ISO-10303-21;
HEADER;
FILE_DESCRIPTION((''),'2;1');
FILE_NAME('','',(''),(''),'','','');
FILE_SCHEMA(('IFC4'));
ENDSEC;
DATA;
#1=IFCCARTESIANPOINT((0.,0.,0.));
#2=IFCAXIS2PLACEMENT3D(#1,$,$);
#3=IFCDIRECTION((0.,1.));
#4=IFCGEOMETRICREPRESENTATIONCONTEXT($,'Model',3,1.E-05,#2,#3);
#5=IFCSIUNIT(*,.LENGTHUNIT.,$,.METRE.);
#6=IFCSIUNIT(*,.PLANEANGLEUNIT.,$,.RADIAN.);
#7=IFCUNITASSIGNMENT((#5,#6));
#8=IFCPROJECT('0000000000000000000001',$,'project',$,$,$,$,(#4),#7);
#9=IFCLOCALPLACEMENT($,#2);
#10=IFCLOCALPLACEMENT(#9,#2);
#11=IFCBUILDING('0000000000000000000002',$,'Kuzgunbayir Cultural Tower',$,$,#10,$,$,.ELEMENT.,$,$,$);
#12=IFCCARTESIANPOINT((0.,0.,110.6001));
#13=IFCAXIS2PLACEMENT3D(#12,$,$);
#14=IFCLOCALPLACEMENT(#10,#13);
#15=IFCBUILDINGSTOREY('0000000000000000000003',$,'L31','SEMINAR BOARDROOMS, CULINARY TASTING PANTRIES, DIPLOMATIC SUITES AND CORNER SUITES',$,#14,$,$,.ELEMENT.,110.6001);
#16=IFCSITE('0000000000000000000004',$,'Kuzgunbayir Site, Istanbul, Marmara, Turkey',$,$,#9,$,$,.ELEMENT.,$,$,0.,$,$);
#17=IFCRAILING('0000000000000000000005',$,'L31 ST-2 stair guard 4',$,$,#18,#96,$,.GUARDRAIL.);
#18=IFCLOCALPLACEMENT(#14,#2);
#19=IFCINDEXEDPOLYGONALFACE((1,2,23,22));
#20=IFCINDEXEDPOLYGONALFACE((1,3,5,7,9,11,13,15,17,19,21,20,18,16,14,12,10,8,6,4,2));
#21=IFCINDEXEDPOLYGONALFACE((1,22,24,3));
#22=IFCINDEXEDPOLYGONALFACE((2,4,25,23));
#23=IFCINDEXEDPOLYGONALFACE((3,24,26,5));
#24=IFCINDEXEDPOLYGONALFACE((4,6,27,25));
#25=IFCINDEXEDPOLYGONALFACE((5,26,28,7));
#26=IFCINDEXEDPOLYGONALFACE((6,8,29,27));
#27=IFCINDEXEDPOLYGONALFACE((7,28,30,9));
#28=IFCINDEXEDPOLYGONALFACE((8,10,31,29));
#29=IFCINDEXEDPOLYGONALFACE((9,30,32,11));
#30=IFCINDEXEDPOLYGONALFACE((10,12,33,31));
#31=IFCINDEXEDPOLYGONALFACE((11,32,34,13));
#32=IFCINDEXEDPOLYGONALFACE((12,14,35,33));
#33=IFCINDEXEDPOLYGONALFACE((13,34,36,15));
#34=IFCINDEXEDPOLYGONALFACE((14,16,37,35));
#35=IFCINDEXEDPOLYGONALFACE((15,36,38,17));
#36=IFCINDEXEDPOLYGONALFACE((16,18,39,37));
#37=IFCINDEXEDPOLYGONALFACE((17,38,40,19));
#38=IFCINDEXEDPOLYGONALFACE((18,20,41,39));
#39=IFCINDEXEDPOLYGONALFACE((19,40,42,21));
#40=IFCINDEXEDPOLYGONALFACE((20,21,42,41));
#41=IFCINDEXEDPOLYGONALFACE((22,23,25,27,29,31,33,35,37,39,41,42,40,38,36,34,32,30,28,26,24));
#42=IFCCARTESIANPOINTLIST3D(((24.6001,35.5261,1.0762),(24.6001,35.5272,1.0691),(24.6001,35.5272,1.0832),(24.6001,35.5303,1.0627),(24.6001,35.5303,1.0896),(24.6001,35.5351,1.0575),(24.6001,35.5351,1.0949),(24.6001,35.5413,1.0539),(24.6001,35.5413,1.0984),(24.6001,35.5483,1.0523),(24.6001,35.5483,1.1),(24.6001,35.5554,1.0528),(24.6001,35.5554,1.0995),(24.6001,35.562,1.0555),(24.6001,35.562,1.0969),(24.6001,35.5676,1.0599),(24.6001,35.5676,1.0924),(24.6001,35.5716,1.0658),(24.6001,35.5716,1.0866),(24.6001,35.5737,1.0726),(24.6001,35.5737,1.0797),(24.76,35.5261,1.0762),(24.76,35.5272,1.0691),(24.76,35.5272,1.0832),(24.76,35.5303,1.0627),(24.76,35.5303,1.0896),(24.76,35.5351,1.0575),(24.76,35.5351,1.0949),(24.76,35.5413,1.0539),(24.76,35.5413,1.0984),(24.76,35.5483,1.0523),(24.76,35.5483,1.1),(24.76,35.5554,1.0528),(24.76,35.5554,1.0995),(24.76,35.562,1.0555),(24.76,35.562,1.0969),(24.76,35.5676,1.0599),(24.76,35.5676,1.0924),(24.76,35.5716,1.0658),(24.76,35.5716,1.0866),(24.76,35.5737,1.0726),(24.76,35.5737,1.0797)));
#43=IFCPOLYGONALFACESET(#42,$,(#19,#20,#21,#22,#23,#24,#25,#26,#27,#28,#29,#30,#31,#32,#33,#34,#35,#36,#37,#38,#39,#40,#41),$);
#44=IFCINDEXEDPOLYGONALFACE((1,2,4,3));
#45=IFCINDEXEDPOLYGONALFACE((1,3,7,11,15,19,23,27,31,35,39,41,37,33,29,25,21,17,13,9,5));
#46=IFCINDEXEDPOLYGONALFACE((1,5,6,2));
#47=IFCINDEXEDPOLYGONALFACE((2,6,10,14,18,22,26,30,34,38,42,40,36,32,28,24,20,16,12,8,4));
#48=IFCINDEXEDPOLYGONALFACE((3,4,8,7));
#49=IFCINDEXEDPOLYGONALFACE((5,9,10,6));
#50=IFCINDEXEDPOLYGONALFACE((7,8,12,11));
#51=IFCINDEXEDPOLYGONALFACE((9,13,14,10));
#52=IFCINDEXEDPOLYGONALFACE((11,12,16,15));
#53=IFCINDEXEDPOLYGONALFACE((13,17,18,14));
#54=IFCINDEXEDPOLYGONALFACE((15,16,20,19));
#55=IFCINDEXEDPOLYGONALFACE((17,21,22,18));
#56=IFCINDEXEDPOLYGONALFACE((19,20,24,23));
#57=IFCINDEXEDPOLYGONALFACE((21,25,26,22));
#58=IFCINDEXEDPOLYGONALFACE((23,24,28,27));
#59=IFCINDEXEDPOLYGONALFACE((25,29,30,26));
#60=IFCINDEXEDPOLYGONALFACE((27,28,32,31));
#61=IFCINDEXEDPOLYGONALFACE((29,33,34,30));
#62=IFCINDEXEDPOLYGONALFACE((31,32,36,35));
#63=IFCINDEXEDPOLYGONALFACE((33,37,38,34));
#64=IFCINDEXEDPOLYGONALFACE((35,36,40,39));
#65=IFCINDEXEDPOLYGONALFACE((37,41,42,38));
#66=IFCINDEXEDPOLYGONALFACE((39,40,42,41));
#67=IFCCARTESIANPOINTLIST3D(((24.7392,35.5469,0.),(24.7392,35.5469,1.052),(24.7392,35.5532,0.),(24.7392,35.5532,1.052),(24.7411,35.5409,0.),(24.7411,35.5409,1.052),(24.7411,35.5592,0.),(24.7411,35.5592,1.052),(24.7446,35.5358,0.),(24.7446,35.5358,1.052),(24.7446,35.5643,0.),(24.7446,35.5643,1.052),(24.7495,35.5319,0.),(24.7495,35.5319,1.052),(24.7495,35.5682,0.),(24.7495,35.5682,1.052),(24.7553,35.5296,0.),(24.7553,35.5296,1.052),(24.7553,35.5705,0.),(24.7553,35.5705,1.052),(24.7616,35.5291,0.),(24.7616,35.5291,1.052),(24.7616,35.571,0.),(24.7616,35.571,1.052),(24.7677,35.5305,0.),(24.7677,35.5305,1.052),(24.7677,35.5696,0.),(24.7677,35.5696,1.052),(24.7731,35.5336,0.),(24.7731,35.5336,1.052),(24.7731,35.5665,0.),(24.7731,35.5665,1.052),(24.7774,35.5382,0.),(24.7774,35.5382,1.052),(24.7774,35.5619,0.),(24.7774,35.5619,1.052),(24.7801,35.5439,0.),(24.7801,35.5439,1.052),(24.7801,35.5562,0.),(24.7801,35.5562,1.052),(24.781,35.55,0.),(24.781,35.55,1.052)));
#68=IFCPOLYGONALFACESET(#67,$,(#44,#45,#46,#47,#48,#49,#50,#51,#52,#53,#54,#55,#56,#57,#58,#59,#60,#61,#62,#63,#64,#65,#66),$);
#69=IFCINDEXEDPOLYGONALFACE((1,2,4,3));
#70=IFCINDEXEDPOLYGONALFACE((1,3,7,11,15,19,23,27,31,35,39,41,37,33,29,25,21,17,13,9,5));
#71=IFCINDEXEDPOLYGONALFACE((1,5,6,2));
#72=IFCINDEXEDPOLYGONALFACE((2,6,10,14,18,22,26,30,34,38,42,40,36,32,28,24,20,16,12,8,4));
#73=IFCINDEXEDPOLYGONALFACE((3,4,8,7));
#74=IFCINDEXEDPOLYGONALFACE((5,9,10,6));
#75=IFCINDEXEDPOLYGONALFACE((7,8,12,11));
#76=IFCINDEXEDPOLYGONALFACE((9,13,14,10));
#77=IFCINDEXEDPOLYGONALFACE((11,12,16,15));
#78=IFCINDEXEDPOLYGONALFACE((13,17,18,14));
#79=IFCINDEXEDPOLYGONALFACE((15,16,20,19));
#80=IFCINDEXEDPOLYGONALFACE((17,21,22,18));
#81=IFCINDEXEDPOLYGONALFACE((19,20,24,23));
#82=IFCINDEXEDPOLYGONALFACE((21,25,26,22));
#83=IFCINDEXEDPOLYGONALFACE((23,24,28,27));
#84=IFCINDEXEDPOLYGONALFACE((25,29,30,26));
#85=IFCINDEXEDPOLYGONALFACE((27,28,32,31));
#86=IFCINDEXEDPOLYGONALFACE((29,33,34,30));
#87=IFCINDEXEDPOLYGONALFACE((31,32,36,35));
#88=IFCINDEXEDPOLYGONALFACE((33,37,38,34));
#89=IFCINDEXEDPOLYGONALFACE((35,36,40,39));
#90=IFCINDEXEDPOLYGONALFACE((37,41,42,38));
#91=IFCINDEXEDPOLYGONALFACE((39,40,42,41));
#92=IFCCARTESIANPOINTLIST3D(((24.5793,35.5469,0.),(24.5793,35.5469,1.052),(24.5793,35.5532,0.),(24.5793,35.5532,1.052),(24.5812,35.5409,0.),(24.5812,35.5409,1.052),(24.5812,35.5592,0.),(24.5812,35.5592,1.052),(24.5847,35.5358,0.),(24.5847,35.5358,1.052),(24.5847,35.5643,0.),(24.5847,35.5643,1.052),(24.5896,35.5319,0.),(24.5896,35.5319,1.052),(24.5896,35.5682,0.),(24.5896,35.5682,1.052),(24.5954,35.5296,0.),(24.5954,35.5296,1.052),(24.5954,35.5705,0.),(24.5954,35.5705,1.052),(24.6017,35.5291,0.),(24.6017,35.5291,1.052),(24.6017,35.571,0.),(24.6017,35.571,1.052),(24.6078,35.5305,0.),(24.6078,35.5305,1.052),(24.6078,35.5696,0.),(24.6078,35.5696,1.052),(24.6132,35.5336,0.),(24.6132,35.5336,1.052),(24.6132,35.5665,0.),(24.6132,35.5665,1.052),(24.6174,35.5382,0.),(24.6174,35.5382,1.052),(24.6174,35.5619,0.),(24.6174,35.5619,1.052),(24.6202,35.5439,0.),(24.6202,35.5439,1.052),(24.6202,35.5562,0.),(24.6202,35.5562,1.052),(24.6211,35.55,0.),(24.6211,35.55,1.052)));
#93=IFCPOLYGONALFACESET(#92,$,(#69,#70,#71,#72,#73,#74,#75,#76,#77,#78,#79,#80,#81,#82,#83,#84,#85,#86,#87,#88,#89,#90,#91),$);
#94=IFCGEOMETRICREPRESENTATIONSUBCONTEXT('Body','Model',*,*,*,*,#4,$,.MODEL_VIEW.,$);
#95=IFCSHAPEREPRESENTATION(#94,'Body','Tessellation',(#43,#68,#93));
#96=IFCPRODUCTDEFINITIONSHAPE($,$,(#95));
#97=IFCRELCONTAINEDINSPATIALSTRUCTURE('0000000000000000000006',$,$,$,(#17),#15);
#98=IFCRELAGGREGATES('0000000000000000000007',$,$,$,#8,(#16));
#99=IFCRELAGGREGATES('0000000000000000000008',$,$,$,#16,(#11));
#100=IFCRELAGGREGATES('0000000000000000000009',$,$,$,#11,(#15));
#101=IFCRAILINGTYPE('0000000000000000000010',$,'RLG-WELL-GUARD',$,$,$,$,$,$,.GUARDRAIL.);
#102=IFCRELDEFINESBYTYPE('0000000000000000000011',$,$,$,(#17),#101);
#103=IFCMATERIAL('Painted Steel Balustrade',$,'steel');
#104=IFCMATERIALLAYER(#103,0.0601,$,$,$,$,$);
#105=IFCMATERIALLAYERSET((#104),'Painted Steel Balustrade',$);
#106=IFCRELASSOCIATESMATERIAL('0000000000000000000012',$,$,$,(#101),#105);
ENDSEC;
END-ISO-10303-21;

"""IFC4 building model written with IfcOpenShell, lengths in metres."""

from ifc_helpers import new_model, si_unit, direction, frame, origin, origin_2d, place, context, subcontext, project, spatial, circle, extrude, material, layer, layer_set, type_object, element, save


model = new_model("IFC4")

# Units and contexts
model_context = context("Model", 3, precision=1e-05, world=origin(), true_north=direction((0.0, 1.0)))
body_context = subcontext(model_context, "Body", "Model", "MODEL_VIEW")
ifc_project = project(units=[si_unit("LENGTHUNIT", "METRE"), si_unit("PLANEANGLEUNIT", "RADIAN")], contexts=[model_context])

# Site, building, storey
site_placement = place(None, origin())
site = spatial("IfcSite", under=ifc_project, at=site_placement, Name="Kuzgunbayir Site, Istanbul, Marmara, Turkey", CompositionType="ELEMENT", RefElevation=0.0)
building_placement = place(site_placement, origin())
building = spatial("IfcBuilding", under=site, at=building_placement, Name="Kuzgunbayir Cultural Tower", CompositionType="ELEMENT")
storey_placement = place(building_placement, frame((0.0, 0.0, 110.6001)))
storey = spatial("IfcBuildingStorey", under=building, at=storey_placement, Name="L31", Description="SEMINAR BOARDROOMS, CULINARY TASTING PANTRIES, DIPLOMATIC SUITES AND CORNER SUITES", CompositionType="ELEMENT", Elevation=110.6001)

# Railing
ifc_material_1 = material(Name="Painted Steel Balustrade", Category="steel")
ifc_layer_1 = layer(ifc_material_1, 0.0601)
ifc_layer_set_1 = layer_set([ifc_layer_1], Name="Painted Steel Balustrade")
railing_type_1 = type_object("IfcRailingType", Name="RLG-WELL-GUARD", PredefinedType="GUARDRAIL", material=ifc_layer_set_1)
railing_1_placement = place(storey_placement, frame((24.76, 35.55, 0.0)))
element("IfcRailing", 1, at=railing_1_placement, inside=storey, type_object=railing_type_1, Name="L31 ST-2 stair guard 4", PredefinedType="GUARDRAIL", context=body_context, shape_type="SweptSolid", body=[
    extrude(circle(Radius=0.0239, at=origin_2d()), frame((0.0, 0.0, 1.0762), z_axis=(-1.0, 0.0, 0.0), x_axis=(0.0, -1.0, 0.0)), (0.0, 0.0, 1.0), 0.1599),
    extrude(circle(Radius=0.021, at=origin_2d()), origin(), (0.0, 0.0, 1.0), 1.052),
    extrude(circle(Radius=0.021, at=origin_2d()), frame((-0.1599, 0.0, 0.0)), (0.0, 0.0, 1.0), 1.052),
])

save(model, "model.ifc")
